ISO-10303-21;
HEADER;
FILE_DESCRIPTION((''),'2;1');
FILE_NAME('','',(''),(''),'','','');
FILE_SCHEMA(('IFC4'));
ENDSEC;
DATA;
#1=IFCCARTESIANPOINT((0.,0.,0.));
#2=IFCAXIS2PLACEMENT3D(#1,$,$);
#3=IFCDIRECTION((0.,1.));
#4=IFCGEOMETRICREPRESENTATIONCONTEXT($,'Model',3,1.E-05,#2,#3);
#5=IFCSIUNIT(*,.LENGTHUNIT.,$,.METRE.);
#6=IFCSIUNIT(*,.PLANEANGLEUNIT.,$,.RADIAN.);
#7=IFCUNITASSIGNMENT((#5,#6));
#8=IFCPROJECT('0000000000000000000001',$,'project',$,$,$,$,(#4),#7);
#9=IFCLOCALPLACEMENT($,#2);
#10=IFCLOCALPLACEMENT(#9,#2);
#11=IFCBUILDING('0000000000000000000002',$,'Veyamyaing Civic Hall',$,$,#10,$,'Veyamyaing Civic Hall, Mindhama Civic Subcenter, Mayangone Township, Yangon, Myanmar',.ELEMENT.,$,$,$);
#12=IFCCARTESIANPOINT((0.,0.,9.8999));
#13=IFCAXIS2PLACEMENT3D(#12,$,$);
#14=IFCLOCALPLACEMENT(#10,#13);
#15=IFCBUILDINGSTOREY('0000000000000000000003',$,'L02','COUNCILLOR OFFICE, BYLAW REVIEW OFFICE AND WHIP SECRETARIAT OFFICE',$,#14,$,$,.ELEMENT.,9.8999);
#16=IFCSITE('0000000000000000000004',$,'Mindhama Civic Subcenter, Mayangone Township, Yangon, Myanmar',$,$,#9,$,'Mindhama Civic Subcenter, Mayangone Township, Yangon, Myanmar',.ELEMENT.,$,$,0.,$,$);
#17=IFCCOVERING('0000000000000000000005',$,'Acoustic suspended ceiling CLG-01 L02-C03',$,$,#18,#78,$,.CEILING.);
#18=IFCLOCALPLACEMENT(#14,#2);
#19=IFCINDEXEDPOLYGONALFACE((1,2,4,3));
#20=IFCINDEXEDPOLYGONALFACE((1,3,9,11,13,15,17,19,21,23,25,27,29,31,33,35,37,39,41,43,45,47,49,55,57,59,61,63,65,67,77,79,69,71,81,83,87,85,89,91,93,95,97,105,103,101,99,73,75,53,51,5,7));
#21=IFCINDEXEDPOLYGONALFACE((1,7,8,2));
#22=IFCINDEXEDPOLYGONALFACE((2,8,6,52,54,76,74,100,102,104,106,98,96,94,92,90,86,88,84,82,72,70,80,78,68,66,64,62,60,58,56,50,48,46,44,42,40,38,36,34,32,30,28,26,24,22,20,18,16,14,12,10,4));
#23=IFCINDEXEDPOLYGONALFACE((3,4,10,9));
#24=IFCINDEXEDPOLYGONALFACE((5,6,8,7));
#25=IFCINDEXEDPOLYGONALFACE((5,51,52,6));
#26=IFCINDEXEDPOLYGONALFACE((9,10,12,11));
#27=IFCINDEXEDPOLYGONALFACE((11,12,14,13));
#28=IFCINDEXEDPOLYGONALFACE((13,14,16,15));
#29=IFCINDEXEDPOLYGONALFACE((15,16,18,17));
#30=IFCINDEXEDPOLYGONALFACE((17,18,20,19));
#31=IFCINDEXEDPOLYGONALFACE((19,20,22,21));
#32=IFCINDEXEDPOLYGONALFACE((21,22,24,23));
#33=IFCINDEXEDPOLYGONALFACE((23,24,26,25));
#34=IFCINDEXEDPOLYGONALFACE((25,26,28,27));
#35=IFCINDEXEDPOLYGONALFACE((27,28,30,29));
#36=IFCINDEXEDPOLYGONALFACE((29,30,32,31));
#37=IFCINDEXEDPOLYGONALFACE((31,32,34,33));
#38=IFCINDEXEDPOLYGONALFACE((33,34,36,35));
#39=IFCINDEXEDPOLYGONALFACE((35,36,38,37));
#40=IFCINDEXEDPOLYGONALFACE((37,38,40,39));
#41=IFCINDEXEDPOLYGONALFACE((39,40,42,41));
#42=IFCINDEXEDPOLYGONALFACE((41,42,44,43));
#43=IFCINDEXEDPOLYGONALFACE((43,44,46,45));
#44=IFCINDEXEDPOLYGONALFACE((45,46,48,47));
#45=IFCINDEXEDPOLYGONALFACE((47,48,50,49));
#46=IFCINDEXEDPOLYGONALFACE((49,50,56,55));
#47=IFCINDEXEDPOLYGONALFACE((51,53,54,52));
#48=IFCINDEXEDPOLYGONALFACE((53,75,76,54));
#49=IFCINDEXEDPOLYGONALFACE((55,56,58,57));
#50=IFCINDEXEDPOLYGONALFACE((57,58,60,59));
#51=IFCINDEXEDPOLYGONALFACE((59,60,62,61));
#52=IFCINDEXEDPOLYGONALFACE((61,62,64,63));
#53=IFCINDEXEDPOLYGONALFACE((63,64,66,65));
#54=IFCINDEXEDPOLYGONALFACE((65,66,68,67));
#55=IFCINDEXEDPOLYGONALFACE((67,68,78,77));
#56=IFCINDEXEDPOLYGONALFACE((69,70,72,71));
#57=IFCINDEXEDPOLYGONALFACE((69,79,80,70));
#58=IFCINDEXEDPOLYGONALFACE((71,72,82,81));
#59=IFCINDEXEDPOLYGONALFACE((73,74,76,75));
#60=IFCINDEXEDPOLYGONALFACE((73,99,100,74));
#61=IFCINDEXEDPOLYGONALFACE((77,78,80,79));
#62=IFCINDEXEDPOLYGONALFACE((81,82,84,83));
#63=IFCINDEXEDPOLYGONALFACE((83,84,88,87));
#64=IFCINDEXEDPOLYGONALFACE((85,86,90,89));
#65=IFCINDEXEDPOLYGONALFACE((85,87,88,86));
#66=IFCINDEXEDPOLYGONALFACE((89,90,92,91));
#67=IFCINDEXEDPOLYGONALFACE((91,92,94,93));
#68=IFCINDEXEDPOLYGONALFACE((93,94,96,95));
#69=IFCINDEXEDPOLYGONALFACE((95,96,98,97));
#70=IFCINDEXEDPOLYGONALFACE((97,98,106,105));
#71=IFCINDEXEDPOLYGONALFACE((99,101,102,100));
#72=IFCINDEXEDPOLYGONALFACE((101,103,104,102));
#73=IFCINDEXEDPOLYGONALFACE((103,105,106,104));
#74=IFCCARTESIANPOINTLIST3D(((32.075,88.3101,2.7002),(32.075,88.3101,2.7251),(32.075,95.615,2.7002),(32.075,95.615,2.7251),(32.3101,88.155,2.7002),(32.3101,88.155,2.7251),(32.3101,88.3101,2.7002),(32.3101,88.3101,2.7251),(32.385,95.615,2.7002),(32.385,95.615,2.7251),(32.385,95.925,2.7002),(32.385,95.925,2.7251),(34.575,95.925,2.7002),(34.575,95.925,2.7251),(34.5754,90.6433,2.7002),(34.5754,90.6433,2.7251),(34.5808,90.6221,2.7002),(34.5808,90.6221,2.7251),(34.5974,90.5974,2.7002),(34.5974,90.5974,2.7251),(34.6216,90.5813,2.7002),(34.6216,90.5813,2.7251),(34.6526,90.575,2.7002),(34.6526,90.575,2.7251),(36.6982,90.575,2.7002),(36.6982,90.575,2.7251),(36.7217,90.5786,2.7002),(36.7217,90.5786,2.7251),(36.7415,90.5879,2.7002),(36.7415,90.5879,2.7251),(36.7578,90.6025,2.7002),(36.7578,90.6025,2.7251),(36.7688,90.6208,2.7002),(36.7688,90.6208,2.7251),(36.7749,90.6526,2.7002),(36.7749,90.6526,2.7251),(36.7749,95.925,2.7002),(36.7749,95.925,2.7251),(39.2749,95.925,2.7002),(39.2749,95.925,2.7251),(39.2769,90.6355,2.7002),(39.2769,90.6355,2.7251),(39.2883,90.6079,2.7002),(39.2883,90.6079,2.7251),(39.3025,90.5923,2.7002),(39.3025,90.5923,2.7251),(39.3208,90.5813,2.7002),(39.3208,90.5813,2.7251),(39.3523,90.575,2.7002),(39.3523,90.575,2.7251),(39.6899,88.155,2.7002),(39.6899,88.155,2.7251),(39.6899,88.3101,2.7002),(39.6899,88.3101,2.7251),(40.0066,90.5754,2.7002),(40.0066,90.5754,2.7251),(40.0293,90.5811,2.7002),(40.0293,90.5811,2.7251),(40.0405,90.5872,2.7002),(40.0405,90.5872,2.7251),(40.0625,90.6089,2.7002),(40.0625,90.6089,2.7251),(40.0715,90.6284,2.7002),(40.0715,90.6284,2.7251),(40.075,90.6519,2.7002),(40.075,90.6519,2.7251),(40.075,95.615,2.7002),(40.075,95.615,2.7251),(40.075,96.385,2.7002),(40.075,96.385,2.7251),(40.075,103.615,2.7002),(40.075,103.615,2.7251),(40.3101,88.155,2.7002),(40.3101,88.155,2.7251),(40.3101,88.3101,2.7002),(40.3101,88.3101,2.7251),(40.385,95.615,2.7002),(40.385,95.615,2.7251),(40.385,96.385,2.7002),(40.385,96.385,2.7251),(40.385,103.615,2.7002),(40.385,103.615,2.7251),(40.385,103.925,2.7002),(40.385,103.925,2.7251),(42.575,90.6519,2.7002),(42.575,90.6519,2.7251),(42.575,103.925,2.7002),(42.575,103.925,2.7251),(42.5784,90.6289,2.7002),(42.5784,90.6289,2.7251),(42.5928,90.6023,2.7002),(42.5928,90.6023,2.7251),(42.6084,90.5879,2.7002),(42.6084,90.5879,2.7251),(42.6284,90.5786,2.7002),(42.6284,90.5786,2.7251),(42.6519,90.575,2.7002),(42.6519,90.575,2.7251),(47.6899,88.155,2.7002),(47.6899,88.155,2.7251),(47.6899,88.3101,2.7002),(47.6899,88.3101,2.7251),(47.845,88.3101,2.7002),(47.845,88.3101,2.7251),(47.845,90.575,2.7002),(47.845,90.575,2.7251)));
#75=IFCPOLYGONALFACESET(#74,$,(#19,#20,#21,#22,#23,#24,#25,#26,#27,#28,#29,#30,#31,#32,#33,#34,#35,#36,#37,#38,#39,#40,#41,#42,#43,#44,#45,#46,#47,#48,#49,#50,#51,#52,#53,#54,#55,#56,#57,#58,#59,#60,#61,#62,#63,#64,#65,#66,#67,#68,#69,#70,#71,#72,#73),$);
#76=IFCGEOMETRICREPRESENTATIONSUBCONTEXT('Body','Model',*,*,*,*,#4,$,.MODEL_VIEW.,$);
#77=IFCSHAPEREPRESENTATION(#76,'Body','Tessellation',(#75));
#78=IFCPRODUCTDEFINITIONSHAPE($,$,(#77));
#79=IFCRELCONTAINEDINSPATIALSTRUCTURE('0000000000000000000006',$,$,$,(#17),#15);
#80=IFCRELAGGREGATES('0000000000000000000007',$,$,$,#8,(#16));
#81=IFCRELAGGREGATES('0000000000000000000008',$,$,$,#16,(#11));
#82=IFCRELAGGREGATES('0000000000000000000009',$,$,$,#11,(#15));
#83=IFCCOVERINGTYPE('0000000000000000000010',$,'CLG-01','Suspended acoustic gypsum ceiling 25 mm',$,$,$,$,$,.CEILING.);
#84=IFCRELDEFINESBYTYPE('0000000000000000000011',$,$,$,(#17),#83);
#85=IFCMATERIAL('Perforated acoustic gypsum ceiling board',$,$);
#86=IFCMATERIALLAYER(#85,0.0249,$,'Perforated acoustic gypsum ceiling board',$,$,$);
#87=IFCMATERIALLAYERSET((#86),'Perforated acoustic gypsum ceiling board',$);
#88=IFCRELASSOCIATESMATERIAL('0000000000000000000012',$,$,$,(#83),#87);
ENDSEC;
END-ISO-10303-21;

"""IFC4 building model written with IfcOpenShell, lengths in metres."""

from ifc_helpers import new_model, si_unit, direction, frame, origin, place, context, subcontext, project, spatial, polyline, outline, extrude, material, layer, layer_set, type_object, element, save


model = new_model("IFC4")

# Units and contexts
model_context = context("Model", 3, precision=1e-05, world=origin(), true_north=direction((0.0, 1.0)))
body_context = subcontext(model_context, "Body", "Model", "MODEL_VIEW")
ifc_project = project(units=[si_unit("LENGTHUNIT", "METRE"), si_unit("PLANEANGLEUNIT", "RADIAN")], contexts=[model_context])

# Site, building, storey
site_placement = place(None, origin())
site = spatial("IfcSite", under=ifc_project, at=site_placement, Name="Mindhama Civic Subcenter, Mayangone Township, Yangon, Myanmar", LongName="Mindhama Civic Subcenter, Mayangone Township, Yangon, Myanmar", CompositionType="ELEMENT", RefElevation=0.0)
building_placement = place(site_placement, origin())
building = spatial("IfcBuilding", under=site, at=building_placement, Name="Veyamyaing Civic Hall", LongName="Veyamyaing Civic Hall, Mindhama Civic Subcenter, Mayangone Township, Yangon, Myanmar", CompositionType="ELEMENT")
storey_placement = place(building_placement, frame((0.0, 0.0, 9.8999)))
storey = spatial("IfcBuildingStorey", under=building, at=storey_placement, Name="L02", Description="COUNCILLOR OFFICE, BYLAW REVIEW OFFICE AND WHIP SECRETARIAT OFFICE", CompositionType="ELEMENT", Elevation=9.8999)

# Covering
ifc_material_1 = material(Name="Perforated acoustic gypsum ceiling board")
ifc_layer_1 = layer(ifc_material_1, 0.0249, Name="Perforated acoustic gypsum ceiling board")
ifc_layer_set_1 = layer_set([ifc_layer_1], Name="Perforated acoustic gypsum ceiling board")
covering_type_1 = type_object("IfcCoveringType", Name="CLG-01", Description="Suspended acoustic gypsum ceiling 25 mm", PredefinedType="CEILING", material=ifc_layer_set_1)
covering_1_placement = place(storey_placement, frame((0.0, 0.0, 2.7002)))
element("IfcCovering", 1, at=covering_1_placement, inside=storey, type_object=covering_type_1, Name="Acoustic suspended ceiling CLG-01 L02-C03", PredefinedType="CEILING", context=body_context, shape_type="SweptSolid", body=[
    extrude(outline(polyline([(34.5808, 90.6221), (34.5974, 90.5974), (34.6216, 90.5813), (34.6526, 90.575), (36.6982, 90.575), (36.7217, 90.5786), (36.7415, 90.5879), (36.7578, 90.6025), (36.7688, 90.6208), (36.7749, 90.6526), (36.7749, 95.925), (39.2749, 95.925), (39.2769, 90.6355), (39.2883, 90.6079), (39.3025, 90.5923), (39.3208, 90.5813), (39.3523, 90.575), (40.0066, 90.5754), (40.0293, 90.5811), (40.0405, 90.5872), (40.0625, 90.6089), (40.0715, 90.6284), (40.075, 90.6519), (40.075, 95.615), (40.385, 95.615), (40.385, 96.385), (40.075, 96.385), (40.075, 103.615), (40.385, 103.615), (40.385, 103.925), (42.575, 103.925), (42.575, 90.6519), (42.5784, 90.6289), (42.5928, 90.6023), (42.6084, 90.5879), (42.6284, 90.5786), (42.6519, 90.575), (47.845, 90.575), (47.845, 88.3101), (47.6899, 88.3101), (47.6899, 88.155), (40.3101, 88.155), (40.3101, 88.3101), (39.6899, 88.3101), (39.6899, 88.155), (32.3101, 88.155), (32.3101, 88.3101), (32.075, 88.3101), (32.075, 95.615), (32.385, 95.615), (32.385, 95.925), (34.575, 95.925), (34.5754, 90.6433), (34.5808, 90.6221)])), origin(), (0.0, 0.0, 1.0), 0.0249),
])

save(model, "model.ifc")
